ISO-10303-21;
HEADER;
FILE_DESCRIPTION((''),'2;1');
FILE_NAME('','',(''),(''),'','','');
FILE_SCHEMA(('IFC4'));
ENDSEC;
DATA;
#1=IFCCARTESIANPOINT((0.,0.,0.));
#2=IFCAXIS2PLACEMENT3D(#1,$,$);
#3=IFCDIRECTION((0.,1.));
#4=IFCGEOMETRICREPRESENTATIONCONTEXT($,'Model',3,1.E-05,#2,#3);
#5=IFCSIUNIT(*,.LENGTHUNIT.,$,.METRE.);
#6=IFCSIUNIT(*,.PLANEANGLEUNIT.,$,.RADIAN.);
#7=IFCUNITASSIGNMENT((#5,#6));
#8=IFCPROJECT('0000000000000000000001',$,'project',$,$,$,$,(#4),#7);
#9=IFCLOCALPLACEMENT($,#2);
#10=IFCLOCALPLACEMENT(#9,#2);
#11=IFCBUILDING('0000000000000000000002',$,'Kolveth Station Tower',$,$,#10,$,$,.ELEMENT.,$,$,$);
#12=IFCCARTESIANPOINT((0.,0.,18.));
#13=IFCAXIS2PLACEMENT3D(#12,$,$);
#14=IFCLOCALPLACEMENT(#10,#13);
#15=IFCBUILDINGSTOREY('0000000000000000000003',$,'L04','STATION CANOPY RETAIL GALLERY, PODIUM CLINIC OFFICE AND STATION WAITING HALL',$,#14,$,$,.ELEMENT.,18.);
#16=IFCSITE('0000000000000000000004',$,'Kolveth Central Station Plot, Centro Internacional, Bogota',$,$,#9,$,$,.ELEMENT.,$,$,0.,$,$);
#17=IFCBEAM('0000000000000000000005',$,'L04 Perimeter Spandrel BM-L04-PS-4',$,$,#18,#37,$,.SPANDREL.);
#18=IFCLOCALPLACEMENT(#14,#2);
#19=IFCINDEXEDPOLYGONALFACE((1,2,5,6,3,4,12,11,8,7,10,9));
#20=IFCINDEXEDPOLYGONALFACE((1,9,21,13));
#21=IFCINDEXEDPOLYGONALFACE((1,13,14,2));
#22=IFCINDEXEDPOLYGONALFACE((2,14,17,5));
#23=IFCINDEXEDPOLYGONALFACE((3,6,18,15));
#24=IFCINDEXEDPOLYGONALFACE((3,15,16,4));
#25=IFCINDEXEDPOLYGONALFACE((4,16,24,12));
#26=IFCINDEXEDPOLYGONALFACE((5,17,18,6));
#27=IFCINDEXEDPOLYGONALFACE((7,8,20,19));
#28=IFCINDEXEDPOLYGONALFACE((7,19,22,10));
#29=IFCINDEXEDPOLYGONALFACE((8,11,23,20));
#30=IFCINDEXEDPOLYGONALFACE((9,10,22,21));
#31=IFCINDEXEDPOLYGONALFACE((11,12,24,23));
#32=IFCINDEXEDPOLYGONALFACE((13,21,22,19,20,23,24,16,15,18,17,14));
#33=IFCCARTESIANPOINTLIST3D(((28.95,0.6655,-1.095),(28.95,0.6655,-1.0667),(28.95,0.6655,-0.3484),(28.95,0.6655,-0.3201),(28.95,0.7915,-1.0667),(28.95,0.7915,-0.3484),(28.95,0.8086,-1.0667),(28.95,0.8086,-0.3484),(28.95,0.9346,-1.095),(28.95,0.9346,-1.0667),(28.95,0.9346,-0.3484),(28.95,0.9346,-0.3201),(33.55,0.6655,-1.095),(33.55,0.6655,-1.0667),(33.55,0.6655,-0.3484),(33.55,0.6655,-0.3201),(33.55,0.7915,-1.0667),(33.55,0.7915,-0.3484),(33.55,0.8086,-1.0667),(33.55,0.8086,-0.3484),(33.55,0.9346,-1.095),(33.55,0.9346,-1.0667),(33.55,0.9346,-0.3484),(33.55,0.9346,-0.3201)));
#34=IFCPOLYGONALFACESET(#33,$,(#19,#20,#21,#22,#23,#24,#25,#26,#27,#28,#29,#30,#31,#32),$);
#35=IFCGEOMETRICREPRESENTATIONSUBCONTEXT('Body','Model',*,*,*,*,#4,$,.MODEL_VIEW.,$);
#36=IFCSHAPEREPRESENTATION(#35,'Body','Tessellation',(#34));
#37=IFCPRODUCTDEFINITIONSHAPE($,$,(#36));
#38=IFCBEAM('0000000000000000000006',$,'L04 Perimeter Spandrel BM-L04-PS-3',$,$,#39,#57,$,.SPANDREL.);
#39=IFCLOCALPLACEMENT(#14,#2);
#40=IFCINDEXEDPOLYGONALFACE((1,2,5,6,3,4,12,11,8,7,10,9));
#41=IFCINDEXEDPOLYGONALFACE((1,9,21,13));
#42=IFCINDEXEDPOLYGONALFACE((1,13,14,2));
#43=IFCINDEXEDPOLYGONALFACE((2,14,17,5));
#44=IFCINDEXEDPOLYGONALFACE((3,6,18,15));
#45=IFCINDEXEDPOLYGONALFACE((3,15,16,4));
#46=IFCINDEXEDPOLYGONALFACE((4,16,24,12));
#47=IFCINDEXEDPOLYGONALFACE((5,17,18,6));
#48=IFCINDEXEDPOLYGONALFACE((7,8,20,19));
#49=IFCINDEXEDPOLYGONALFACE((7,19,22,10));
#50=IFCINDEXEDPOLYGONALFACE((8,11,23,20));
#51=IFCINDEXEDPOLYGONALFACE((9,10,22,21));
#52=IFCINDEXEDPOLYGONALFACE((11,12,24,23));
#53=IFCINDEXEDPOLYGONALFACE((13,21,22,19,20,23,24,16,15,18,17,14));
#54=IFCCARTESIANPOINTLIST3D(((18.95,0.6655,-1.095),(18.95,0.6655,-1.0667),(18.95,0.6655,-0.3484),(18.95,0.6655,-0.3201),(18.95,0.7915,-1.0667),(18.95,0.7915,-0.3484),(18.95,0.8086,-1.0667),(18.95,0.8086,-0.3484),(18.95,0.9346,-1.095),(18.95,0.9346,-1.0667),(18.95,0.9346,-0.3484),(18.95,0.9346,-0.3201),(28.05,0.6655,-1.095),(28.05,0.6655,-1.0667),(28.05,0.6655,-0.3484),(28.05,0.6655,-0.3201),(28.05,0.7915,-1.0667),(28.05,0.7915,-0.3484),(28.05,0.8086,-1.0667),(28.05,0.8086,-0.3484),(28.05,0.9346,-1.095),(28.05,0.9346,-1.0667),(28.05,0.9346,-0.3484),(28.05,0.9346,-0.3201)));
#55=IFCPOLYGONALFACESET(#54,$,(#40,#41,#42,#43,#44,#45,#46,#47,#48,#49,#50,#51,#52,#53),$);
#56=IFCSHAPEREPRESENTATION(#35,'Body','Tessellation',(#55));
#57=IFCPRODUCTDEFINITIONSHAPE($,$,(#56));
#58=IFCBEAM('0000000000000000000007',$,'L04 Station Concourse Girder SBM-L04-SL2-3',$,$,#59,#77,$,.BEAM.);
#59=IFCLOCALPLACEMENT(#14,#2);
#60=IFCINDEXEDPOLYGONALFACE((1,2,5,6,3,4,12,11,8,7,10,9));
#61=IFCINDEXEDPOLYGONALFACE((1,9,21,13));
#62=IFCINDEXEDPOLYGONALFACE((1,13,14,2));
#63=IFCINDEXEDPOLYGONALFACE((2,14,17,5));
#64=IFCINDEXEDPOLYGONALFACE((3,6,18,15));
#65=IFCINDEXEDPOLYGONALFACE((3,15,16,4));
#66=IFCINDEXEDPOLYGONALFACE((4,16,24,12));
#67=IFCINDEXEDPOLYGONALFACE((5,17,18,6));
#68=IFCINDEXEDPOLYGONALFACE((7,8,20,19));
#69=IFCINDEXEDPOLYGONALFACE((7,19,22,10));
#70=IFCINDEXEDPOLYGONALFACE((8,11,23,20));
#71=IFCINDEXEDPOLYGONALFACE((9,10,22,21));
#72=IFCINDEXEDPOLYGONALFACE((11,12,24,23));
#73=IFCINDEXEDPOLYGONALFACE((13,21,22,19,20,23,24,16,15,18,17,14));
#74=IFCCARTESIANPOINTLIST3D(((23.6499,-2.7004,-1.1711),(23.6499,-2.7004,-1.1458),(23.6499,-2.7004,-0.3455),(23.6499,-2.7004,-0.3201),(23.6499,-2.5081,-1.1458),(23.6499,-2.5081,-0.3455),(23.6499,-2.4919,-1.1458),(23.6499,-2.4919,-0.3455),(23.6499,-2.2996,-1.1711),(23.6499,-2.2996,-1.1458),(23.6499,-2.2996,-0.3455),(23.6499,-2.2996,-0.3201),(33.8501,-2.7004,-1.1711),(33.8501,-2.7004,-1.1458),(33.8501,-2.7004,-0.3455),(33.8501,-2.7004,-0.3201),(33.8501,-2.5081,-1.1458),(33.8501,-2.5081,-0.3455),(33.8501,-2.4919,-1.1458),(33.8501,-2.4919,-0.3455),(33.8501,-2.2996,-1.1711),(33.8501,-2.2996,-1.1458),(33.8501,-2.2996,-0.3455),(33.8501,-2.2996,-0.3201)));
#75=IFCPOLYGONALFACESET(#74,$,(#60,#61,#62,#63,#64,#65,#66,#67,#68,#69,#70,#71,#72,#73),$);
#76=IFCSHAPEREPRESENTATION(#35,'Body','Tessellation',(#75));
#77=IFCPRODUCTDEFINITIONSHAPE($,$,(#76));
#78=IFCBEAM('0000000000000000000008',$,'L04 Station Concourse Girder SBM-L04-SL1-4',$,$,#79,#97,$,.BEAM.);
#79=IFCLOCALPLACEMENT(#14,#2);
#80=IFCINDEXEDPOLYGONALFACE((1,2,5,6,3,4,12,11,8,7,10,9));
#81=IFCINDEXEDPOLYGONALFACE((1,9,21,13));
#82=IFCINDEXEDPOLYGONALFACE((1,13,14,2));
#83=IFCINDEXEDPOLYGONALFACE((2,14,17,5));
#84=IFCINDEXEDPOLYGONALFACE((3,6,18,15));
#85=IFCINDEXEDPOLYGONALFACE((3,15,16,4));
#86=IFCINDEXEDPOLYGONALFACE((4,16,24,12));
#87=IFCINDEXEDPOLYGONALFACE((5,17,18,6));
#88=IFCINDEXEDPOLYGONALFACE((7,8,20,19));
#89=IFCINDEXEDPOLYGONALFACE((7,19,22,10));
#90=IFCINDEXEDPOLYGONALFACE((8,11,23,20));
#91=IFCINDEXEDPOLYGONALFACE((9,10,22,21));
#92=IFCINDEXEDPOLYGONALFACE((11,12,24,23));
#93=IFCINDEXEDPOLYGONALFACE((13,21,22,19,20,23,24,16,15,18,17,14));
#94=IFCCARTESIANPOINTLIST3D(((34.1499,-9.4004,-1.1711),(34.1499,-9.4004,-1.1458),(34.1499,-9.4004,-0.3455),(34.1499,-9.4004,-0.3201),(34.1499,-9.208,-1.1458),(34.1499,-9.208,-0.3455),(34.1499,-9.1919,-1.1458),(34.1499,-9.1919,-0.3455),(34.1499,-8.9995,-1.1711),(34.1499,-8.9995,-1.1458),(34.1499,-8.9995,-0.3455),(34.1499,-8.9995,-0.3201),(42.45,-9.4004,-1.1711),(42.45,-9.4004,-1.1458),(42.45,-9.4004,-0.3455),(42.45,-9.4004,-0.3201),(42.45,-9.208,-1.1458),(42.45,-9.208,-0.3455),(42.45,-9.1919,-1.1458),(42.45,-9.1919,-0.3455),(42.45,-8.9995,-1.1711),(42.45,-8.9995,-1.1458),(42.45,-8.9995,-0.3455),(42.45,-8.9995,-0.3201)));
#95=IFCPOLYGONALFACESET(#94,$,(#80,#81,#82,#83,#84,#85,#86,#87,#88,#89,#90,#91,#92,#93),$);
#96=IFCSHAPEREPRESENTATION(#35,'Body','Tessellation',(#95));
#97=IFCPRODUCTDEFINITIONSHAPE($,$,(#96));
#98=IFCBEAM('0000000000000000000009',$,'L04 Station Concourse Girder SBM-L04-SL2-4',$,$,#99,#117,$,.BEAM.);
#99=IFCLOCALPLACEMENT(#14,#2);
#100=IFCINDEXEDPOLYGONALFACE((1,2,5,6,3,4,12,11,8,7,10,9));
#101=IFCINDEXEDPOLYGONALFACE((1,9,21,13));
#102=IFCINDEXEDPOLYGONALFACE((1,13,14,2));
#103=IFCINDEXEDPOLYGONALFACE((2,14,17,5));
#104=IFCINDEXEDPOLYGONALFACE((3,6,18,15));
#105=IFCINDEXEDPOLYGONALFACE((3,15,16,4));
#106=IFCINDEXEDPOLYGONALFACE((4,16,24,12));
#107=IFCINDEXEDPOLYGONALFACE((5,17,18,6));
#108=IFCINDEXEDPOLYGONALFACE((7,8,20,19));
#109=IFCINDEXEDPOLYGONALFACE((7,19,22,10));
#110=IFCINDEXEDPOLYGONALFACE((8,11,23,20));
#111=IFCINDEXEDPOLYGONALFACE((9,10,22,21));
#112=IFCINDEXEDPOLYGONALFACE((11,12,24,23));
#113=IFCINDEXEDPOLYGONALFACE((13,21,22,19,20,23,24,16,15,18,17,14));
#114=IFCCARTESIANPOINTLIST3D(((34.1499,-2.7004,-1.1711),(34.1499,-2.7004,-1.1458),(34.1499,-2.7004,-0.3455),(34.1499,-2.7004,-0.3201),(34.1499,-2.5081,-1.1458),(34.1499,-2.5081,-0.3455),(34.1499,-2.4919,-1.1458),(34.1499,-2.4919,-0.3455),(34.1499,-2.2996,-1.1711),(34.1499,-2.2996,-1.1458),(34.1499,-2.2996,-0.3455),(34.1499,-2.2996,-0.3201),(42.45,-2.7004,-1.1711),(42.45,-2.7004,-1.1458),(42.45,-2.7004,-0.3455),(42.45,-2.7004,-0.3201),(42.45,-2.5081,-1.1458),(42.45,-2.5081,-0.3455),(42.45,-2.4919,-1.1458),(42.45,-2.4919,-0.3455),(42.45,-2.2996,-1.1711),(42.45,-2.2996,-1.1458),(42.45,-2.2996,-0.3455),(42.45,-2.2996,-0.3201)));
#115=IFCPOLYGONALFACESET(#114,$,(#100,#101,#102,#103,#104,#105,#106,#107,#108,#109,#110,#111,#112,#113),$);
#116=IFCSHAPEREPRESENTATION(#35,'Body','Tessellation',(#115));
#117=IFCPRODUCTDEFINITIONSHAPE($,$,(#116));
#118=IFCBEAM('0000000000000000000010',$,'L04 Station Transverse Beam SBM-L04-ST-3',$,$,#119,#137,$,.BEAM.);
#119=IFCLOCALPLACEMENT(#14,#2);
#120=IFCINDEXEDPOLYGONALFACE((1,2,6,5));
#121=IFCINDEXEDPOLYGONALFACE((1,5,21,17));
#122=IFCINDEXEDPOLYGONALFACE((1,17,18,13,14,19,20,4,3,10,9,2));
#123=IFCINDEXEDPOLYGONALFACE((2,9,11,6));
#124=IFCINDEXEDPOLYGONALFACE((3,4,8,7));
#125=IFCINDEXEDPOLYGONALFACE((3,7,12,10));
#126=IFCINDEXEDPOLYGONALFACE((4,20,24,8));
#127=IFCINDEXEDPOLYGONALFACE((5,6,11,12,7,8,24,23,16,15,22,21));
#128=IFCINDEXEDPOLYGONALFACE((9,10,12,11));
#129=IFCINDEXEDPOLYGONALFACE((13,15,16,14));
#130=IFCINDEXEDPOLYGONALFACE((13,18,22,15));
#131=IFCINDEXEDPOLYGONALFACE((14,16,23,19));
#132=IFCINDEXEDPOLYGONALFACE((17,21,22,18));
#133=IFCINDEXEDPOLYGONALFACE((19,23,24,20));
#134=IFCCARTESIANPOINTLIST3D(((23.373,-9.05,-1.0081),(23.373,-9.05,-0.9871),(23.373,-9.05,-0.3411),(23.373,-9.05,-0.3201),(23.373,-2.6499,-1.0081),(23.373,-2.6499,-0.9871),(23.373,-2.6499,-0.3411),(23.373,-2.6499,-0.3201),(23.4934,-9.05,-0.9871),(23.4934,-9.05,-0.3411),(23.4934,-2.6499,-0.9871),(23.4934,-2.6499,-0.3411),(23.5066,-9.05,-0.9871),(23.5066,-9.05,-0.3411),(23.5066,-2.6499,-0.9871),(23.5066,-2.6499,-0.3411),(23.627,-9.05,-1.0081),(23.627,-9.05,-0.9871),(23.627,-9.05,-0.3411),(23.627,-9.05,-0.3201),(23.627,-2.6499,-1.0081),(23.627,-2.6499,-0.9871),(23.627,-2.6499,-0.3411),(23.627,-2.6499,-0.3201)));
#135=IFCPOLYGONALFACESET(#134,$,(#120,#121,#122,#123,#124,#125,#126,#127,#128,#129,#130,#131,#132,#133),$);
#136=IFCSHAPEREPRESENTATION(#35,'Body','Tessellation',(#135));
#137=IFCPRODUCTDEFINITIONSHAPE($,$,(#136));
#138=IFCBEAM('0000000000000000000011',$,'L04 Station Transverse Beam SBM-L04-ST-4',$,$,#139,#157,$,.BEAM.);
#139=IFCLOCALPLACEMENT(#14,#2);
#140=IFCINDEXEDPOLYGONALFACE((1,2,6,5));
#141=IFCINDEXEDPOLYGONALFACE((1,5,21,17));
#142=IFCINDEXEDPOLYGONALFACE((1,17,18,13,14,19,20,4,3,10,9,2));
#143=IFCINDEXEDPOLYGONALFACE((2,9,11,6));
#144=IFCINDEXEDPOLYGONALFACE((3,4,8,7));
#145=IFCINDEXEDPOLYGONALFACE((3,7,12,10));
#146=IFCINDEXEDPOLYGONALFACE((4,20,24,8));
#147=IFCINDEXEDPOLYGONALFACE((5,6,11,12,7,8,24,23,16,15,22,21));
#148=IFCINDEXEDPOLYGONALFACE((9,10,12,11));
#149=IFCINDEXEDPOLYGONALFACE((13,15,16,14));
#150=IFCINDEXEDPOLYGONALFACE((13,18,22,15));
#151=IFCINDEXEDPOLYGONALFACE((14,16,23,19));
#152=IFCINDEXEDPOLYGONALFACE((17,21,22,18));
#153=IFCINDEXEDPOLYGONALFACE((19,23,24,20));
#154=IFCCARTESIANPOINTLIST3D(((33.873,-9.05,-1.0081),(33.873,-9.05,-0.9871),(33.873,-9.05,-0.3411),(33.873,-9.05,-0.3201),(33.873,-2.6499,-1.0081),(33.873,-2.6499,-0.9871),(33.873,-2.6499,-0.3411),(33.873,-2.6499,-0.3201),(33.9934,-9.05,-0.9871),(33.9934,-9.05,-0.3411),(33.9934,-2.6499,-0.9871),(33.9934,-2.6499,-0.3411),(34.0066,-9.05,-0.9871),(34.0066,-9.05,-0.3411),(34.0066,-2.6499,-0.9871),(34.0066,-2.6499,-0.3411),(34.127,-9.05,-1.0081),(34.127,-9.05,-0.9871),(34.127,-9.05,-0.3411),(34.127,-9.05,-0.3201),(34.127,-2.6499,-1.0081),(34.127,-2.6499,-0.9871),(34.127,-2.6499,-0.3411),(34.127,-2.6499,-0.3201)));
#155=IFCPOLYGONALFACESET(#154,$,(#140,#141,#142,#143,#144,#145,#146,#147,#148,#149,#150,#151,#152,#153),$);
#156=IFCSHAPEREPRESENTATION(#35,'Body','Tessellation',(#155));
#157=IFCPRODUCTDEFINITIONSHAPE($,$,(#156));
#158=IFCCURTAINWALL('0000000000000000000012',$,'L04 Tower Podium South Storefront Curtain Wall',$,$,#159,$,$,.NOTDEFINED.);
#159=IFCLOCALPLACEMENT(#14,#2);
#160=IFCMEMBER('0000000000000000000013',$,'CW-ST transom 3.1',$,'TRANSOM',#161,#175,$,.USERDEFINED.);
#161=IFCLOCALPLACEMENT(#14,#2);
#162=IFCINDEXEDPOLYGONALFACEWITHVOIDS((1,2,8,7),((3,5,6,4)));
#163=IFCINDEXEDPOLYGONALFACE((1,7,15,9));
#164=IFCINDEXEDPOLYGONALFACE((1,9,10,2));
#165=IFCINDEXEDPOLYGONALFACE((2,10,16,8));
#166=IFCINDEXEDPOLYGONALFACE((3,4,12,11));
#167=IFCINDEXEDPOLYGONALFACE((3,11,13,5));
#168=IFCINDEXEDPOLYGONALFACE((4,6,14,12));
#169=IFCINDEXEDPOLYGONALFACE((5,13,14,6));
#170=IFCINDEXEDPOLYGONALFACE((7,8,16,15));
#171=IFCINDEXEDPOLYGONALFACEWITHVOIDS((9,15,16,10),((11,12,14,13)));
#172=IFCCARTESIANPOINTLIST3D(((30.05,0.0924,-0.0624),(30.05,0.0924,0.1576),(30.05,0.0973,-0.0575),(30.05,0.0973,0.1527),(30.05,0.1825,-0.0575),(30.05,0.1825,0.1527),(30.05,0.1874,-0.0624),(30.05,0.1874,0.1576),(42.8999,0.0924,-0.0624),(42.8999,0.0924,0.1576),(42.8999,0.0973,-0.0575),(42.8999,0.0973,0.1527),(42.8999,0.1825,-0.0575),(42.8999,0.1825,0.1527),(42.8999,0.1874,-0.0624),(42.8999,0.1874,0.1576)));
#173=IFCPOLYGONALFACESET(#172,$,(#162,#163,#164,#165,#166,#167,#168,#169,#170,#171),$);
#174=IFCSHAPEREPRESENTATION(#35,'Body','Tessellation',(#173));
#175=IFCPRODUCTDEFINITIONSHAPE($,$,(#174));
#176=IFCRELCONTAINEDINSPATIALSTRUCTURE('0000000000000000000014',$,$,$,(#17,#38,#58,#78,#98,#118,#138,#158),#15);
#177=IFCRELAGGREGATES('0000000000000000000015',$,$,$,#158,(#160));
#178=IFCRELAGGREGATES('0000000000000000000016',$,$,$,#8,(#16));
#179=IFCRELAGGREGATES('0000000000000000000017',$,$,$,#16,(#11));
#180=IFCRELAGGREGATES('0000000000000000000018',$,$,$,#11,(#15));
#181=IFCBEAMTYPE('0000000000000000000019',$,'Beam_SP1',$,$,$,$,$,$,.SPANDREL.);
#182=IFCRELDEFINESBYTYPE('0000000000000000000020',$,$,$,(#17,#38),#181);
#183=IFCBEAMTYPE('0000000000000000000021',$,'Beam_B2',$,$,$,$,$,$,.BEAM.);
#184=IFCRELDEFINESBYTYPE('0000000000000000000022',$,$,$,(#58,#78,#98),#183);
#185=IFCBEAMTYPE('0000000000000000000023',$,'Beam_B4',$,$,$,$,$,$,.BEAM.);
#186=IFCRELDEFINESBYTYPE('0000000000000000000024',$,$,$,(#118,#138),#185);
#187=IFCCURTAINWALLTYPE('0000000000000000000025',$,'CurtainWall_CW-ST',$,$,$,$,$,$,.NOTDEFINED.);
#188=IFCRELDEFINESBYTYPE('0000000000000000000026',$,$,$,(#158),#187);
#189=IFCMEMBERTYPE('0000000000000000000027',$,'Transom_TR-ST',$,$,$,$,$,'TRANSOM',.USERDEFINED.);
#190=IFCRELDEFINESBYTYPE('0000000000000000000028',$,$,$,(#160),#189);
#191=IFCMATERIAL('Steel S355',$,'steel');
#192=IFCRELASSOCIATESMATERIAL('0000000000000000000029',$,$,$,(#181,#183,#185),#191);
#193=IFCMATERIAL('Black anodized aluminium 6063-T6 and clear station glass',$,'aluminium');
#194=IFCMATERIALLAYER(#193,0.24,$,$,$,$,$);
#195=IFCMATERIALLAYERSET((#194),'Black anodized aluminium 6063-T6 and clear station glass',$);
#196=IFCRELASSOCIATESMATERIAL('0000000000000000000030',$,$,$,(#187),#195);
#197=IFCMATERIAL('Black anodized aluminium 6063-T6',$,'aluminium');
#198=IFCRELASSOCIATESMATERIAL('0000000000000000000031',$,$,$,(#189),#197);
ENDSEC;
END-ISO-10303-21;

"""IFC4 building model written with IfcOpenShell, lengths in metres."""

from ifc_helpers import new_model, si_unit, direction, frame, origin, origin_2d, place, context, subcontext, project, spatial, hollow_rectangle, i_section, extrude, source, transform, mapped, material, layer, layer_set, material_profile, profile_set, type_object, element, aggregate, save


model = new_model("IFC4")

# Units and contexts
model_context = context("Model", 3, precision=1e-05, world=origin(), true_north=direction((0.0, 1.0)))
body_context = subcontext(model_context, "Body", "Model", "MODEL_VIEW")
ifc_project = project(units=[si_unit("LENGTHUNIT", "METRE"), si_unit("PLANEANGLEUNIT", "RADIAN")], contexts=[model_context])

# Site, building, storey
site_placement = place(None, origin())
site = spatial("IfcSite", under=ifc_project, at=site_placement, Name="Kolveth Central Station Plot, Centro Internacional, Bogota", CompositionType="ELEMENT", RefElevation=0.0)
building_placement = place(site_placement, origin())
building = spatial("IfcBuilding", under=site, at=building_placement, Name="Kolveth Station Tower", CompositionType="ELEMENT")
storey_placement = place(building_placement, frame((0.0, 0.0, 18.0)))
storey = spatial("IfcBuildingStorey", under=building, at=storey_placement, Name="L04", Description="STATION CANOPY RETAIL GALLERY, PODIUM CLINIC OFFICE AND STATION WAITING HALL", CompositionType="ELEMENT", Elevation=18.0)

# Shared definitions
ifc_material_1 = material(Name="Steel S355", Category="steel")

# Beams
ifc_material_profile_1 = material_profile(ifc_material_1, i_section(OverallWidth=0.269, OverallDepth=0.7749, WebThickness=0.0171, FlangeThickness=0.0283, at=origin_2d()), Name="W760x220")
ifc_profile_set_1 = profile_set([ifc_material_profile_1], Name="Steel S355")
beam_type_1 = type_object("IfcBeamType", Name="Beam_SP1", PredefinedType="SPANDREL", material=ifc_profile_set_1)
shared_shape_1 = source(origin(), body_context, "Body", "SweptSolid", [
    extrude(i_section(OverallWidth=0.269, OverallDepth=0.7749, WebThickness=0.0171, FlangeThickness=0.0283, at=origin_2d()), origin(), (0.0, 0.0, 1.0), 4.6001),
])
beam_1_placement = place(storey_placement, frame((28.95, 0.8, -0.7075), z_axis=(1.0, 0.0, 0.0), x_axis=(0.0, 1.0, 0.0)))
element("IfcBeam", 1, at=beam_1_placement, inside=storey, type_object=beam_type_1, Name="L04 Perimeter Spandrel BM-L04-PS-4", PredefinedType="SPANDREL", context=body_context, shape_type="MappedRepresentation", body=[
    mapped(shared_shape_1, transform((0.0, 0.0, 0.0), x_axis=(1.0, 0.0, 0.0), y_axis=(0.0, 1.0, 0.0), z_axis=(0.0, 0.0, 1.0), scale=1.0)),
])
shared_shape_2 = source(origin(), body_context, "Body", "SweptSolid", [
    extrude(i_section(OverallWidth=0.269, OverallDepth=0.7749, WebThickness=0.0171, FlangeThickness=0.0283, at=origin_2d()), origin(), (0.0, 0.0, 1.0), 9.1001),
])
beam_2_placement = place(storey_placement, frame((18.95, 0.8, -0.7075), z_axis=(1.0, 0.0, 0.0), x_axis=(0.0, 1.0, 0.0)))
element("IfcBeam", 2, at=beam_2_placement, inside=storey, type_object=beam_type_1, Name="L04 Perimeter Spandrel BM-L04-PS-3", PredefinedType="SPANDREL", context=body_context, shape_type="MappedRepresentation", body=[
    mapped(shared_shape_2, transform((0.0, 0.0, 0.0), x_axis=(1.0, 0.0, 0.0), y_axis=(0.0, 1.0, 0.0), z_axis=(0.0, 0.0, 1.0), scale=1.0)),
])
ifc_material_profile_2 = material_profile(ifc_material_1, i_section(OverallWidth=0.4009, OverallDepth=0.8511, WebThickness=0.0161, FlangeThickness=0.0254, at=origin_2d()), Name="W840x226")
ifc_profile_set_2 = profile_set([ifc_material_profile_2], Name="Steel S355")
beam_type_2 = type_object("IfcBeamType", Name="Beam_B2", PredefinedType="BEAM", material=ifc_profile_set_2)
shared_shape_3 = source(origin(), body_context, "Body", "SweptSolid", [
    extrude(i_section(OverallWidth=0.4009, OverallDepth=0.8511, WebThickness=0.0161, FlangeThickness=0.0254, at=origin_2d()), origin(), (0.0, 0.0, 1.0), 10.2002),
])
beam_3_placement = place(storey_placement, frame((23.6499, -2.5, -0.7456), z_axis=(1.0, 0.0, 0.0), x_axis=(0.0, 1.0, 0.0)))
element("IfcBeam", 3, at=beam_3_placement, inside=storey, type_object=beam_type_2, Name="L04 Station Concourse Girder SBM-L04-SL2-3", PredefinedType="BEAM", context=body_context, shape_type="MappedRepresentation", body=[
    mapped(shared_shape_3, transform((0.0, 0.0, 0.0), x_axis=(1.0, 0.0, 0.0), y_axis=(0.0, 1.0, 0.0), z_axis=(0.0, 0.0, 1.0), scale=1.0)),
])
shared_shape_4 = source(origin(), body_context, "Body", "SweptSolid", [
    extrude(i_section(OverallWidth=0.4009, OverallDepth=0.8511, WebThickness=0.0161, FlangeThickness=0.0254, at=origin_2d()), origin(), (0.0, 0.0, 1.0), 8.3),
])
for number, where, z_axis, x_axis, name in (
    (4, (34.1499, -9.2, -0.7456), (1.0, 0.0, 0.0), (0.0, 1.0, 0.0), "L04 Station Concourse Girder SBM-L04-SL1-4"),
    (5, (34.1499, -2.5, -0.7456), (1.0, 0.0, 0.0), (0.0, 1.0, 0.0), "L04 Station Concourse Girder SBM-L04-SL2-4"),
):
    element("IfcBeam", number, at=place(storey_placement, frame(where, z_axis=z_axis, x_axis=x_axis)), inside=storey, type_object=beam_type_2, Name=name, PredefinedType="BEAM", context=body_context, shape_type="MappedRepresentation", body=[
        mapped(shared_shape_4, transform((0.0, 0.0, 0.0), x_axis=(1.0, 0.0, 0.0), y_axis=(0.0, 1.0, 0.0), z_axis=(0.0, 0.0, 1.0), scale=1.0)),
    ])
ifc_material_profile_3 = material_profile(ifc_material_1, i_section(OverallWidth=0.2539, OverallDepth=0.688, WebThickness=0.0132, FlangeThickness=0.021, at=origin_2d()), Name="W690x152")
ifc_profile_set_3 = profile_set([ifc_material_profile_3], Name="Steel S355")
beam_type_3 = type_object("IfcBeamType", Name="Beam_B4", PredefinedType="BEAM", material=ifc_profile_set_3)
shared_shape_5 = source(origin(), body_context, "Body", "SweptSolid", [
    extrude(i_section(OverallWidth=0.2539, OverallDepth=0.688, WebThickness=0.0132, FlangeThickness=0.021, at=origin_2d()), origin(), (0.0, 0.0, 1.0), 6.4001),
])
for number, where, z_axis, x_axis, name in (
    (6, (23.5, -9.05, -0.6641), (0.0, 1.0, 0.0), (-1.0, 0.0, 0.0), "L04 Station Transverse Beam SBM-L04-ST-3"),
    (7, (34.0, -9.05, -0.6641), (0.0, 1.0, 0.0), (-1.0, 0.0, 0.0), "L04 Station Transverse Beam SBM-L04-ST-4"),
):
    element("IfcBeam", number, at=place(storey_placement, frame(where, z_axis=z_axis, x_axis=x_axis)), inside=storey, type_object=beam_type_3, Name=name, PredefinedType="BEAM", context=body_context, shape_type="MappedRepresentation", body=[
        mapped(shared_shape_5, transform((0.0, 0.0, 0.0), x_axis=(1.0, 0.0, 0.0), y_axis=(0.0, 1.0, 0.0), z_axis=(0.0, 0.0, 1.0), scale=1.0)),
    ])

# Curtain wall, member
ifc_material_2 = material(Name="Black anodized aluminium 6063-T6 and clear station glass", Category="aluminium")
ifc_layer_1 = layer(ifc_material_2, 0.24)
ifc_layer_set_1 = layer_set([ifc_layer_1], Name="Black anodized aluminium 6063-T6 and clear station glass")
curtain_wall_type = type_object("IfcCurtainWallType", Name="CurtainWall_CW-ST", PredefinedType="NOTDEFINED", material=ifc_layer_set_1)
curtain_wall_1_placement = place(storey_placement, origin())
curtain_wall_1 = element("IfcCurtainWall", 8, at=curtain_wall_1_placement, inside=storey, type_object=curtain_wall_type, Name="L04 Tower Podium South Storefront Curtain Wall", PredefinedType="NOTDEFINED")
ifc_material_3 = material(Name="Black anodized aluminium 6063-T6", Category="aluminium")
ifc_material_profile_4 = material_profile(ifc_material_3, hollow_rectangle(XDim=0.095, YDim=0.22, WallThickness=0.0049, at=origin_2d()), Name="ALU-95x220x5")
ifc_profile_set_4 = profile_set([ifc_material_profile_4], Name="Black anodized aluminium 6063-T6")
member_type_1 = type_object("IfcMemberType", Name="Transom_TR-ST", ElementType="TRANSOM", PredefinedType="USERDEFINED", material=ifc_profile_set_4)
shared_shape_6 = source(origin(), body_context, "Body", "SweptSolid", [
    extrude(hollow_rectangle(XDim=0.095, YDim=0.22, WallThickness=0.0049, at=origin_2d()), origin(), (0.0, 0.0, 1.0), 12.8499),
])
member_1_placement = place(storey_placement, frame((30.05, 0.1399, 0.0476), z_axis=(1.0, 0.0, 0.0), x_axis=(0.0, 1.0, 0.0)))
member_1 = element("IfcMember", 9, at=member_1_placement, type_object=member_type_1, Name="CW-ST transom 3.1", ObjectType="TRANSOM", PredefinedType="USERDEFINED", context=body_context, shape_type="MappedRepresentation", body=[
    mapped(shared_shape_6, transform((0.0, 0.0, 0.0), x_axis=(1.0, 0.0, 0.0), y_axis=(0.0, 1.0, 0.0), z_axis=(0.0, 0.0, 1.0), scale=1.0)),
])

aggregate(curtain_wall_1, [member_1])

save(model, "model.ifc")
